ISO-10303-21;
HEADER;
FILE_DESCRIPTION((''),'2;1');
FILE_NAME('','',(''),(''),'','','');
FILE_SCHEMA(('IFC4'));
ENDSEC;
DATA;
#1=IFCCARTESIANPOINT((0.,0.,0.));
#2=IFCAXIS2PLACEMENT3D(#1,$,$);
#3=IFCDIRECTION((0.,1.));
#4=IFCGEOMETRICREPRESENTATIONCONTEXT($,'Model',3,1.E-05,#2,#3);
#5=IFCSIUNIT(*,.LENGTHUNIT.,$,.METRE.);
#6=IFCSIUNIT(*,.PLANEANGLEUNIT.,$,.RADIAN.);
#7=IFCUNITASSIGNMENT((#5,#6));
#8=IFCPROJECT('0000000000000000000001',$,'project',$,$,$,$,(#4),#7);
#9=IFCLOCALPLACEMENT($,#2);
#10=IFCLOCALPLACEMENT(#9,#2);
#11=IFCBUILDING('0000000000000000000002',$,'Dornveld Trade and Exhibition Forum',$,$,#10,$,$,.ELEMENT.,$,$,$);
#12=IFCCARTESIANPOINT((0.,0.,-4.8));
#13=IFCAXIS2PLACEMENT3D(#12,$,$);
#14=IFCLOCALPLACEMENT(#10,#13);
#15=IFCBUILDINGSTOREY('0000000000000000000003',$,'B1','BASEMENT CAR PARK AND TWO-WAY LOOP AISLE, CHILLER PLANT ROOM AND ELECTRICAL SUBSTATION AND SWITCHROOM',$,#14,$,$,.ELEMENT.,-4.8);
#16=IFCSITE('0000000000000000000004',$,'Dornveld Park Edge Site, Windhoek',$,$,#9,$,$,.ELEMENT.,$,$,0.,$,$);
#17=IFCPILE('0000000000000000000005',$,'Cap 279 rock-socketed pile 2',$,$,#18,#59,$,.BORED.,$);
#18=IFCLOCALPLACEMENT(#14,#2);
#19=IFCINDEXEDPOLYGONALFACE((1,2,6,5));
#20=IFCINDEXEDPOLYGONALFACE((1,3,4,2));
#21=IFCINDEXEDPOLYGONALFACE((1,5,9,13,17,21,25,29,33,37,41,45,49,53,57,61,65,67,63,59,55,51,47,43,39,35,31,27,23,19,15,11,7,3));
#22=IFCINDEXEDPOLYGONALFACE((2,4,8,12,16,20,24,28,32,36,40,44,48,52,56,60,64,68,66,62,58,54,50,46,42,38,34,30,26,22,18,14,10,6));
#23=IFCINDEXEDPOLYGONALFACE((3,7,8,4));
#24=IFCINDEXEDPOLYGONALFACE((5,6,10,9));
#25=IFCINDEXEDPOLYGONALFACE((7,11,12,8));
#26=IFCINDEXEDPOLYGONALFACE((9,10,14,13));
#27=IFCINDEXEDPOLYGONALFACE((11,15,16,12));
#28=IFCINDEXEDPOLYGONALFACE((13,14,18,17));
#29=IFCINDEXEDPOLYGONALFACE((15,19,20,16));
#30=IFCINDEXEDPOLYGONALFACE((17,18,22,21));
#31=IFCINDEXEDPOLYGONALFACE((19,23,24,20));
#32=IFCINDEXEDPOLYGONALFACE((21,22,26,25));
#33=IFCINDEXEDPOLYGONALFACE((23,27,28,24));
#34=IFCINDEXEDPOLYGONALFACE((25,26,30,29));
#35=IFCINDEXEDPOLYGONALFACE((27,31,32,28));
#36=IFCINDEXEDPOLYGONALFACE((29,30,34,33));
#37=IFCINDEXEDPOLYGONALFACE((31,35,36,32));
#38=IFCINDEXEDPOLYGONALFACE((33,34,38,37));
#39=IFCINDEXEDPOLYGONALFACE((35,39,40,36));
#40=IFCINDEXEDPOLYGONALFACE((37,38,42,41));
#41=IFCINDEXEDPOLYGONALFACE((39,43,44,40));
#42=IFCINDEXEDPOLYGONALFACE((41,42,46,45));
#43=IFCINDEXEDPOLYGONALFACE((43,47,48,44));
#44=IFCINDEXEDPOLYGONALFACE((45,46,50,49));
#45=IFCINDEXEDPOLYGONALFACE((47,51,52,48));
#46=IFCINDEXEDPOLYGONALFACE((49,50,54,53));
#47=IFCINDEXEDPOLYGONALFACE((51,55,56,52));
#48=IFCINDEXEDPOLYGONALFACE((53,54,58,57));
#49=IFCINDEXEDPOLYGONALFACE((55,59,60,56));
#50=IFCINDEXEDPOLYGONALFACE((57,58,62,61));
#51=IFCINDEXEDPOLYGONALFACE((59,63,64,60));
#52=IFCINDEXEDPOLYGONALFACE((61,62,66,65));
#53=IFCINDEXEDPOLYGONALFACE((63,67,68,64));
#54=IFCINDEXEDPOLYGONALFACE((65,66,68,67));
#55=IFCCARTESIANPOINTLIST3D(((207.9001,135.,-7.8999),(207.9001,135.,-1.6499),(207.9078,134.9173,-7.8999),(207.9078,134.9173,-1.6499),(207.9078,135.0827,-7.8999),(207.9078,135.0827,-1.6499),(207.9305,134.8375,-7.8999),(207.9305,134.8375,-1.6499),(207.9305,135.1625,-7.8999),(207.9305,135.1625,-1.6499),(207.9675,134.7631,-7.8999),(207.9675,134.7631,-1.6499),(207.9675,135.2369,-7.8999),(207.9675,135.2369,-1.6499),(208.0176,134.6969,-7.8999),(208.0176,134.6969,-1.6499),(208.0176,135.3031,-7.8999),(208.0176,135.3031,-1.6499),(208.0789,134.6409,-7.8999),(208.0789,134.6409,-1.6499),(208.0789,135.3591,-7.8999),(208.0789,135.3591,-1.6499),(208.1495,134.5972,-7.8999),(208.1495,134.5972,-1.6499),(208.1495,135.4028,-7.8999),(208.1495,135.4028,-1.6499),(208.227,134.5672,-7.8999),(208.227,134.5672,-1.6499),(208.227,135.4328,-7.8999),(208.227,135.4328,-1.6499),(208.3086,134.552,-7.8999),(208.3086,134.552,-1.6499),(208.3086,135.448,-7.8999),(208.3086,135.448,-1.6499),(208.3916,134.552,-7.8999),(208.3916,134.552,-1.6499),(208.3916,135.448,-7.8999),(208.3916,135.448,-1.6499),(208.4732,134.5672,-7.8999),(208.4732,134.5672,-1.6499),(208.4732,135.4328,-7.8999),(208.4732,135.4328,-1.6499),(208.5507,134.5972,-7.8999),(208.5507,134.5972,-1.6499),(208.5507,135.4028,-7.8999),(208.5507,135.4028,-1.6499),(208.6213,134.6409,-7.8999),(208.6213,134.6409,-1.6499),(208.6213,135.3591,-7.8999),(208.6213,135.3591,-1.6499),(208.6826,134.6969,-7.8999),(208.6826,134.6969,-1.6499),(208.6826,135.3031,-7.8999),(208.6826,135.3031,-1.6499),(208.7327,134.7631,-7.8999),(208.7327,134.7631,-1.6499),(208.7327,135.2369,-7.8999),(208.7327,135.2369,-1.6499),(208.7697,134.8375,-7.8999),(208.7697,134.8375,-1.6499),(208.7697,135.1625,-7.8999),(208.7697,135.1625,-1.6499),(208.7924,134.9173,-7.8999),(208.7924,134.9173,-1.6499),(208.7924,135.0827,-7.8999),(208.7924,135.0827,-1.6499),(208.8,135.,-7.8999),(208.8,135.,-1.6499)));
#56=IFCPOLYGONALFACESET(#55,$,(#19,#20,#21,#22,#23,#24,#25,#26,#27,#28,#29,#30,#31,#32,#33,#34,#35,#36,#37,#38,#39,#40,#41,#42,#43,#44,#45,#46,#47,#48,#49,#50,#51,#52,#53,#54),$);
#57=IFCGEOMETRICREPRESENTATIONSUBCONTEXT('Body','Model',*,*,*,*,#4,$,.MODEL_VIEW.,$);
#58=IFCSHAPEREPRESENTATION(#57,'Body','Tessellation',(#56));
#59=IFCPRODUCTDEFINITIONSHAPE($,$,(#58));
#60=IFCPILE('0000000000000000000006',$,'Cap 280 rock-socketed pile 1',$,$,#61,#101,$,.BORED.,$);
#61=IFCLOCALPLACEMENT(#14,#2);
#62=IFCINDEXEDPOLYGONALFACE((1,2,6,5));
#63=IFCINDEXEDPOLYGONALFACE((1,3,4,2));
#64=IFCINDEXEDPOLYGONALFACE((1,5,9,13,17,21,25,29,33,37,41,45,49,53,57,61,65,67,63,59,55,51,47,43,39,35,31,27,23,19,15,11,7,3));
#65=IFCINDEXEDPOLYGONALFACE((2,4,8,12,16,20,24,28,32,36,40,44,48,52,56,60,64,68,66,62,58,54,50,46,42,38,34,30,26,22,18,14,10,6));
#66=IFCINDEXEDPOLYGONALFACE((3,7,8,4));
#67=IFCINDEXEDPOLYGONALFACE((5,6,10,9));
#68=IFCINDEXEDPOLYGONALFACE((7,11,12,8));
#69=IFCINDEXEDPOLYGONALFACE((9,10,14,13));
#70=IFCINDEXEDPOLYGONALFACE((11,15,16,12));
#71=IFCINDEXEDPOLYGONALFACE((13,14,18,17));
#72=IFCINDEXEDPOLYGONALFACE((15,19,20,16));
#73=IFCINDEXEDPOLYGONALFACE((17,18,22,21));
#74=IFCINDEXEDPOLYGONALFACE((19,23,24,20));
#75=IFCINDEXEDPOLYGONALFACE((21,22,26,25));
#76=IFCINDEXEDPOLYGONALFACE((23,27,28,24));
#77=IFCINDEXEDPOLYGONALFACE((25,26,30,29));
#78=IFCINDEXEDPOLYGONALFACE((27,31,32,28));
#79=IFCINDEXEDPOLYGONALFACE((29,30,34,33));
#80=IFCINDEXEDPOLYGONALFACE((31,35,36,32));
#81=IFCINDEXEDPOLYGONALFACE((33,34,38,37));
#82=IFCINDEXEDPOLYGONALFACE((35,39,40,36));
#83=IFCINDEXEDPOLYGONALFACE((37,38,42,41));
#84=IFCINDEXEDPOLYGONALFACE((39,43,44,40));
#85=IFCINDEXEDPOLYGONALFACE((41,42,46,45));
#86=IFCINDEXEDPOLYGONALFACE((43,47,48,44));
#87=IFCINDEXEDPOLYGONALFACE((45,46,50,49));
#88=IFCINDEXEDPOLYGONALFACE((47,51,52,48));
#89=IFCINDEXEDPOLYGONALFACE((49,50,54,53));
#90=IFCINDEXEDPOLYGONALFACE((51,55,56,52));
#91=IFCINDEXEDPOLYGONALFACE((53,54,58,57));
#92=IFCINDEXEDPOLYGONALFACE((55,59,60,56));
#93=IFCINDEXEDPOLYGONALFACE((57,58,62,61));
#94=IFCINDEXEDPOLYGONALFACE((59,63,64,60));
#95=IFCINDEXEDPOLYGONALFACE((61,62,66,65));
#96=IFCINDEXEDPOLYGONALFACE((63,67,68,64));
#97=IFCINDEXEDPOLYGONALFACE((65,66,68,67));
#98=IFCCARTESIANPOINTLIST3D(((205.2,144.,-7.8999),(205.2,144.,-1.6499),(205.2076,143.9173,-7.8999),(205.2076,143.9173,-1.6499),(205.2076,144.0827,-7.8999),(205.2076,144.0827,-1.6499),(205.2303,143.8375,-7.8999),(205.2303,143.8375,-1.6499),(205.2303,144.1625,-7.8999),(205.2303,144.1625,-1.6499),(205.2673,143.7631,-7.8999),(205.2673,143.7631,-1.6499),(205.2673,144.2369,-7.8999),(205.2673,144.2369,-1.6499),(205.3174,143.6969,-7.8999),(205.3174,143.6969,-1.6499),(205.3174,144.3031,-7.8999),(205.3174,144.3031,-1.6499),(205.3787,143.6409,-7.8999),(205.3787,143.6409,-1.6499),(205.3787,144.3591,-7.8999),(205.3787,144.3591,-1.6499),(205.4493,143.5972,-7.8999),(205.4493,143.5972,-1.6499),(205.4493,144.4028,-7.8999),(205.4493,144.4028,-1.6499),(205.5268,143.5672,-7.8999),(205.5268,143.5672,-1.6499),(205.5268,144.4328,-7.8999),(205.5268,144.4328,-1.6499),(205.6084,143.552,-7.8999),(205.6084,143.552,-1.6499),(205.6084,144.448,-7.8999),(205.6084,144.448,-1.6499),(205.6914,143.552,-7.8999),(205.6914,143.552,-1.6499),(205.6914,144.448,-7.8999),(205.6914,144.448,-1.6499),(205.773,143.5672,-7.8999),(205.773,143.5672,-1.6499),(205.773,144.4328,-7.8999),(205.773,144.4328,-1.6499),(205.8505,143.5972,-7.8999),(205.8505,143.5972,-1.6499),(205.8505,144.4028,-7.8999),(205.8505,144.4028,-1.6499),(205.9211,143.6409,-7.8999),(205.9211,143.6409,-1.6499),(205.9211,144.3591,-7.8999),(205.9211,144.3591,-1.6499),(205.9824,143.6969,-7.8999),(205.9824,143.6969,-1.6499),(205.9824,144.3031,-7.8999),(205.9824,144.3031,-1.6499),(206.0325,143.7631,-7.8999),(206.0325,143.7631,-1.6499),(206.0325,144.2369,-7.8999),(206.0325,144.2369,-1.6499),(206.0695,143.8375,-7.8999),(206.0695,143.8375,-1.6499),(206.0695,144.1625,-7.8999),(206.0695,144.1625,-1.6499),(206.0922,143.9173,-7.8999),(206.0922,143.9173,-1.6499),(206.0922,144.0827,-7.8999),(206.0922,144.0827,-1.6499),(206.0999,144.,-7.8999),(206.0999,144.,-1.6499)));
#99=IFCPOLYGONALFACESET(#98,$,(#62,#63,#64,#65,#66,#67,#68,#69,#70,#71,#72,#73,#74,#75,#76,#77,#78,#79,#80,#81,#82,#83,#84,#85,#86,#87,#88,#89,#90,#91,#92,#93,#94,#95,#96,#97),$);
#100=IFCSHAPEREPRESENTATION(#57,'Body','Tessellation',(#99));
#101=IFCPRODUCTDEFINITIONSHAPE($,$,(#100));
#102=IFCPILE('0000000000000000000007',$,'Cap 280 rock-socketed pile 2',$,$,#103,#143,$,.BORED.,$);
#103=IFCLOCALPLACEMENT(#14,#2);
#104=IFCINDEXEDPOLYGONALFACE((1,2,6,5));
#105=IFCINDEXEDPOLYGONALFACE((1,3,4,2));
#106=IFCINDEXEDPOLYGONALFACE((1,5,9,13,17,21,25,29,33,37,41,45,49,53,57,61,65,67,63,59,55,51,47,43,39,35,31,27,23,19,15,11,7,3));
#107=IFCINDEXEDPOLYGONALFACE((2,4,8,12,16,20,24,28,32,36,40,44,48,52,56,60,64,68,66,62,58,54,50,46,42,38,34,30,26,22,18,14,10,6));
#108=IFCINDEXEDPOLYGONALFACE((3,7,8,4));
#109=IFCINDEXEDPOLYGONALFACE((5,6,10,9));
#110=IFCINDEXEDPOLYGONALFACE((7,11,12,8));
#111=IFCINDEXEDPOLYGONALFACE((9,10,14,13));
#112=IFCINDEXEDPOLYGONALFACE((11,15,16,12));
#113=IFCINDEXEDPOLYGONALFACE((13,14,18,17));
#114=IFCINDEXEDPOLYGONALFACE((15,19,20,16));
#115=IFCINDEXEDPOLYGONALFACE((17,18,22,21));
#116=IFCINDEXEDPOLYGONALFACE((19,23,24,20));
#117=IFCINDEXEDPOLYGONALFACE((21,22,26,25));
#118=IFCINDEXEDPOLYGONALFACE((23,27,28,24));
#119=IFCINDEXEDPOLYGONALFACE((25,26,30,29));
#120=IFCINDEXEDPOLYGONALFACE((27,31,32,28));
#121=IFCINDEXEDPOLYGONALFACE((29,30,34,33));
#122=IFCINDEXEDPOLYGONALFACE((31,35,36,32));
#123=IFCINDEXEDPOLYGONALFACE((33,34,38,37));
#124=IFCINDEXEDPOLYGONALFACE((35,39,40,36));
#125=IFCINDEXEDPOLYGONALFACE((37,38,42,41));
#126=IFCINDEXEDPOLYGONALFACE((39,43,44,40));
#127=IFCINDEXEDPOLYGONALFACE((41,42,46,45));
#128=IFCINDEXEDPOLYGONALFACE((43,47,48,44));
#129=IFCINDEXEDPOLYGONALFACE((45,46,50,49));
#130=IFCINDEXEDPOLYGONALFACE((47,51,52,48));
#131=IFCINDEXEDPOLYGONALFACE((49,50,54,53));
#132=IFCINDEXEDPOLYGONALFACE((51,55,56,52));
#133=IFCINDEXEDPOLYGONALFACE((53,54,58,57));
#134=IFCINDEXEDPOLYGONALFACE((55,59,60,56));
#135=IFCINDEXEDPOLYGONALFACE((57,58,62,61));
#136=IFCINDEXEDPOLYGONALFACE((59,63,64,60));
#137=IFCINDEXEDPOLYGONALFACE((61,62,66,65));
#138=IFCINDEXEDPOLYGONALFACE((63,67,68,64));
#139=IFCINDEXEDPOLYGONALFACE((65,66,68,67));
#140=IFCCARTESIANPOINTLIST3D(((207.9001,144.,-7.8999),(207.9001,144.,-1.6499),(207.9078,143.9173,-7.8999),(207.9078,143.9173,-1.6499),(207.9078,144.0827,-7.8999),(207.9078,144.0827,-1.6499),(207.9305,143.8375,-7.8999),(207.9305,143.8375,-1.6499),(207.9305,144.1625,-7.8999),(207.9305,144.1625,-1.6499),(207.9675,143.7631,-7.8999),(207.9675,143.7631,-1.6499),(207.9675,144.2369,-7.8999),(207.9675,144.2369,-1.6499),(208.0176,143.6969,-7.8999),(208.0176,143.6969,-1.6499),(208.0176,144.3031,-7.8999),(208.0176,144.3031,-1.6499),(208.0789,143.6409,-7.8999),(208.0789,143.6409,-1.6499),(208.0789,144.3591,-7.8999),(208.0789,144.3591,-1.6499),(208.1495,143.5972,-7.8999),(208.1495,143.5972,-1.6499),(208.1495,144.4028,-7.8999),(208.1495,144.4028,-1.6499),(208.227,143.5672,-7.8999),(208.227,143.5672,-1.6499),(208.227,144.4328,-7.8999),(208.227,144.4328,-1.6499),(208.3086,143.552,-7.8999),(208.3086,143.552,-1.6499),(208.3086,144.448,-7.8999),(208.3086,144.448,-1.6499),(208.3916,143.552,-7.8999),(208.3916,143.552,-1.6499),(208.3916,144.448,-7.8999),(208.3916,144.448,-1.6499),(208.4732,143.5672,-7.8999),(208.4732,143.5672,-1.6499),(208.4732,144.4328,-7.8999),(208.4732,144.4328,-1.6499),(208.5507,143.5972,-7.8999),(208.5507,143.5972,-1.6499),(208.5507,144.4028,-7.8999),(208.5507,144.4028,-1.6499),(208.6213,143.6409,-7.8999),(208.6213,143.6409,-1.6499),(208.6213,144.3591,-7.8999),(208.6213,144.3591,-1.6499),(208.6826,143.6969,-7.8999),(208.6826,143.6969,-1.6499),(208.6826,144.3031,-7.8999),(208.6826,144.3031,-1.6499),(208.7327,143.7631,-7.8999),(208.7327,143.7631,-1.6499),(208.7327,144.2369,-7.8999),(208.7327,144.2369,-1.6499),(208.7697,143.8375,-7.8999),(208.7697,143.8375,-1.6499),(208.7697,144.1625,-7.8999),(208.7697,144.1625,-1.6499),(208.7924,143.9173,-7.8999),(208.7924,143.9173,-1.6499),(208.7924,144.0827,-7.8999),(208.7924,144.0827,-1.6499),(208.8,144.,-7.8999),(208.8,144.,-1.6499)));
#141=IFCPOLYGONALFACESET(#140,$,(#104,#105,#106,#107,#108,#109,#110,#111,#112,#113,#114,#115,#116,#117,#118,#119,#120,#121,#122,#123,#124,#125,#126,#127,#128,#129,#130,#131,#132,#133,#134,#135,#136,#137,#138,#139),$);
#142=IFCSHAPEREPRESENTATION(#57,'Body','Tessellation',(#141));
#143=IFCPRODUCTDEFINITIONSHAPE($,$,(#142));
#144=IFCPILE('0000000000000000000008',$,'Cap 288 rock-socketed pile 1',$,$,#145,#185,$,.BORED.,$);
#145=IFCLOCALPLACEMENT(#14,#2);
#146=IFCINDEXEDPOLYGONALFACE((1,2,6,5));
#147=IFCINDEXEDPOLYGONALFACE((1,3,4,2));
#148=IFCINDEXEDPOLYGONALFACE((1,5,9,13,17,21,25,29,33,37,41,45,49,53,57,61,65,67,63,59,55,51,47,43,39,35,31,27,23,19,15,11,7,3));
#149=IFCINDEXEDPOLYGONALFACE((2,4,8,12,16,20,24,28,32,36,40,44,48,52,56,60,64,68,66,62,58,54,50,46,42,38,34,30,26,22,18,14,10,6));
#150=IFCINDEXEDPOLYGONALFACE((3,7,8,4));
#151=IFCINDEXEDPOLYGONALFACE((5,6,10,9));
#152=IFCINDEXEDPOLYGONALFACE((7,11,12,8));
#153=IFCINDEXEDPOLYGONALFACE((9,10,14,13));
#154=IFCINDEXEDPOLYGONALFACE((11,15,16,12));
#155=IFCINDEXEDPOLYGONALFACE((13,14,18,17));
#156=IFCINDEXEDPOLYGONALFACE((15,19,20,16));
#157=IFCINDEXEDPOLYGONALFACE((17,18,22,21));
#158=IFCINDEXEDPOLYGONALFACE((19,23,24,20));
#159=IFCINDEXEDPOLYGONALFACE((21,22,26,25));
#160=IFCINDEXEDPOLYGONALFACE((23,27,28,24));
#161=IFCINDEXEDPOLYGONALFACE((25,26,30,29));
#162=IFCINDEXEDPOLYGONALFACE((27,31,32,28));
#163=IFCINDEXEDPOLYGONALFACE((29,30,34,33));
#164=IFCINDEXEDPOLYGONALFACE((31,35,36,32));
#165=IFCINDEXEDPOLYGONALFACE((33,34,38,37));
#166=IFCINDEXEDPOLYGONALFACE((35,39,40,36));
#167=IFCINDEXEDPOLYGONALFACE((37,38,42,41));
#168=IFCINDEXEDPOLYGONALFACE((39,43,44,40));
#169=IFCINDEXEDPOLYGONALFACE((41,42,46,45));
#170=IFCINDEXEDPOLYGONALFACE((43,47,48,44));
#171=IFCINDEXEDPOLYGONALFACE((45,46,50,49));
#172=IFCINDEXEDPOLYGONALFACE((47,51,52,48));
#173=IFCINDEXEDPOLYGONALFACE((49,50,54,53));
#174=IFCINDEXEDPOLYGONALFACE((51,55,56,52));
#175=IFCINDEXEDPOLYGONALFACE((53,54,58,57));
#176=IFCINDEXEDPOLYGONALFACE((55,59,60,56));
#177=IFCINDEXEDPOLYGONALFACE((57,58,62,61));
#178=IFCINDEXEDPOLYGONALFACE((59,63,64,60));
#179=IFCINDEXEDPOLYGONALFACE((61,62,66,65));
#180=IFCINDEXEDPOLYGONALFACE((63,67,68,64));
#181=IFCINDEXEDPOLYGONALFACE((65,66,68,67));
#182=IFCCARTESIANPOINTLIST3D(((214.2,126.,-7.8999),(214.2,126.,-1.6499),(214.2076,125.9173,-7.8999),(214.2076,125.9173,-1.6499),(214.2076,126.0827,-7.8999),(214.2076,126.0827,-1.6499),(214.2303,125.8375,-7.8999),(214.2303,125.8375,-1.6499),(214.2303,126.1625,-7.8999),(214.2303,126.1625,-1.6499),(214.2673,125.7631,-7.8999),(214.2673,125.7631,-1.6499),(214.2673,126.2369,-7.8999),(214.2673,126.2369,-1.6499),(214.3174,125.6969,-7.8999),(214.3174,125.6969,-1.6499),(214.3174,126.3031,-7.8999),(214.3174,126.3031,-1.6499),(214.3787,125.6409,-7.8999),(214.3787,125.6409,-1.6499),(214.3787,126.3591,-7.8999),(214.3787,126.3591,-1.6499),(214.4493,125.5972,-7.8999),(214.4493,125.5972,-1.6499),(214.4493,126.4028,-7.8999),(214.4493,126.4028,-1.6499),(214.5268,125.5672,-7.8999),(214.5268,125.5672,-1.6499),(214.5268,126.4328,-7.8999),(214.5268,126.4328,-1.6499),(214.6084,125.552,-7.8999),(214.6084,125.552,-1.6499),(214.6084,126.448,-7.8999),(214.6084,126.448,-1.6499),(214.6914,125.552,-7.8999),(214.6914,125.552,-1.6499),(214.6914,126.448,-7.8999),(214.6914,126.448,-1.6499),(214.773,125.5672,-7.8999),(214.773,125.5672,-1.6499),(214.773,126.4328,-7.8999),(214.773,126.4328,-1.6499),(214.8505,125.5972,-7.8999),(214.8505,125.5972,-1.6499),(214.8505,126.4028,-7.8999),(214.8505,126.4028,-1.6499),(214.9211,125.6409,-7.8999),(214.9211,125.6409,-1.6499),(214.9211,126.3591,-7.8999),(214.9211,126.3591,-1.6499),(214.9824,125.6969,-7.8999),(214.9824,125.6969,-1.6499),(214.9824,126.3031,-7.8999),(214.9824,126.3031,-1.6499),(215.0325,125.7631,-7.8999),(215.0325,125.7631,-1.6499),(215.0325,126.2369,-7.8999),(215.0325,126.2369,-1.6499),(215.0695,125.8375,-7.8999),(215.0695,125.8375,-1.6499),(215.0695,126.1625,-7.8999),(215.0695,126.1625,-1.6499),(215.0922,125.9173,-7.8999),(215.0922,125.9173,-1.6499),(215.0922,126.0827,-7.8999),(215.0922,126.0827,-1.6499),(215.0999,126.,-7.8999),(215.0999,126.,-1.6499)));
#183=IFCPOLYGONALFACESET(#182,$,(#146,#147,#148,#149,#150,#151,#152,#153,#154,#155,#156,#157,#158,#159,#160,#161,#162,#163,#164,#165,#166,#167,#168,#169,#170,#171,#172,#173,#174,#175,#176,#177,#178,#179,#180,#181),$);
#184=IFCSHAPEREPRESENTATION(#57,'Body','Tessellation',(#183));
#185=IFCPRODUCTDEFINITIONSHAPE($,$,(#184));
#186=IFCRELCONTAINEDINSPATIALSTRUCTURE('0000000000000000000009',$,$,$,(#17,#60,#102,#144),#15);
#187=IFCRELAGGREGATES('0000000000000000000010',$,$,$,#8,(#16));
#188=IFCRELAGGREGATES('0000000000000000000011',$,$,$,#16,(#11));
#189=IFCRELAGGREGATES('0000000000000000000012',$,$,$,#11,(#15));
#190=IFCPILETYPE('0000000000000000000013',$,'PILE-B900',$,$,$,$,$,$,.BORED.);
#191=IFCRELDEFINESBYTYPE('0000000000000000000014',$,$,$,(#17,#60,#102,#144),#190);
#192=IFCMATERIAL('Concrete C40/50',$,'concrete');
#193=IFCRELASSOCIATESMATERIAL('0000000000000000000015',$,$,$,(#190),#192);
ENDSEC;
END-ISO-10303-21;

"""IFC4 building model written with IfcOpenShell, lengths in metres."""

from ifc_helpers import new_model, si_unit, direction, frame, origin, origin_2d, place, context, subcontext, project, spatial, circle, extrude, material, material_profile, profile_set, type_object, element, save


model = new_model("IFC4")

# Units and contexts
model_context = context("Model", 3, precision=1e-05, world=origin(), true_north=direction((0.0, 1.0)))
body_context = subcontext(model_context, "Body", "Model", "MODEL_VIEW")
ifc_project = project(units=[si_unit("LENGTHUNIT", "METRE"), si_unit("PLANEANGLEUNIT", "RADIAN")], contexts=[model_context])

# Site, building, storey
site_placement = place(None, origin())
site = spatial("IfcSite", under=ifc_project, at=site_placement, Name="Dornveld Park Edge Site, Windhoek", CompositionType="ELEMENT", RefElevation=0.0)
building_placement = place(site_placement, origin())
building = spatial("IfcBuilding", under=site, at=building_placement, Name="Dornveld Trade and Exhibition Forum", CompositionType="ELEMENT")
storey_placement = place(building_placement, frame((0.0, 0.0, -4.8)))
storey = spatial("IfcBuildingStorey", under=building, at=storey_placement, Name="B1", Description="BASEMENT CAR PARK AND TWO-WAY LOOP AISLE, CHILLER PLANT ROOM AND ELECTRICAL SUBSTATION AND SWITCHROOM", CompositionType="ELEMENT", Elevation=-4.8)

# Piles
ifc_material_1 = material(Name="Concrete C40/50", Category="concrete")
ifc_material_profile_1 = material_profile(ifc_material_1, circle(Radius=0.45, at=origin_2d()), Name="PILE D900")
ifc_profile_set_1 = profile_set([ifc_material_profile_1], Name="Concrete C40/50")
pile_type = type_object("IfcPileType", Name="PILE-B900", PredefinedType="BORED", material=ifc_profile_set_1)
for number, where, z_axis, x_axis, name in (
    (1, (208.3501, 135.0, -1.6499), (0.0, 0.0, -1.0), (1.0, 0.0, 0.0), "Cap 279 rock-socketed pile 2"),
    (2, (205.6499, 144.0, -1.6499), (0.0, 0.0, -1.0), (1.0, 0.0, 0.0), "Cap 280 rock-socketed pile 1"),
    (3, (208.3501, 144.0, -1.6499), (0.0, 0.0, -1.0), (1.0, 0.0, 0.0), "Cap 280 rock-socketed pile 2"),
    (4, (214.6499, 126.0, -1.6499), (0.0, 0.0, -1.0), (1.0, 0.0, 0.0), "Cap 288 rock-socketed pile 1"),
):
    element("IfcPile", number, at=place(storey_placement, frame(where, z_axis=z_axis, x_axis=x_axis)), inside=storey, type_object=pile_type, Name=name, PredefinedType="BORED", context=body_context, shape_type="SweptSolid", body=[
        extrude(circle(Radius=0.45, at=origin_2d()), origin(), (0.0, 0.0, 1.0), 6.25),
    ])

save(model, "model.ifc")
